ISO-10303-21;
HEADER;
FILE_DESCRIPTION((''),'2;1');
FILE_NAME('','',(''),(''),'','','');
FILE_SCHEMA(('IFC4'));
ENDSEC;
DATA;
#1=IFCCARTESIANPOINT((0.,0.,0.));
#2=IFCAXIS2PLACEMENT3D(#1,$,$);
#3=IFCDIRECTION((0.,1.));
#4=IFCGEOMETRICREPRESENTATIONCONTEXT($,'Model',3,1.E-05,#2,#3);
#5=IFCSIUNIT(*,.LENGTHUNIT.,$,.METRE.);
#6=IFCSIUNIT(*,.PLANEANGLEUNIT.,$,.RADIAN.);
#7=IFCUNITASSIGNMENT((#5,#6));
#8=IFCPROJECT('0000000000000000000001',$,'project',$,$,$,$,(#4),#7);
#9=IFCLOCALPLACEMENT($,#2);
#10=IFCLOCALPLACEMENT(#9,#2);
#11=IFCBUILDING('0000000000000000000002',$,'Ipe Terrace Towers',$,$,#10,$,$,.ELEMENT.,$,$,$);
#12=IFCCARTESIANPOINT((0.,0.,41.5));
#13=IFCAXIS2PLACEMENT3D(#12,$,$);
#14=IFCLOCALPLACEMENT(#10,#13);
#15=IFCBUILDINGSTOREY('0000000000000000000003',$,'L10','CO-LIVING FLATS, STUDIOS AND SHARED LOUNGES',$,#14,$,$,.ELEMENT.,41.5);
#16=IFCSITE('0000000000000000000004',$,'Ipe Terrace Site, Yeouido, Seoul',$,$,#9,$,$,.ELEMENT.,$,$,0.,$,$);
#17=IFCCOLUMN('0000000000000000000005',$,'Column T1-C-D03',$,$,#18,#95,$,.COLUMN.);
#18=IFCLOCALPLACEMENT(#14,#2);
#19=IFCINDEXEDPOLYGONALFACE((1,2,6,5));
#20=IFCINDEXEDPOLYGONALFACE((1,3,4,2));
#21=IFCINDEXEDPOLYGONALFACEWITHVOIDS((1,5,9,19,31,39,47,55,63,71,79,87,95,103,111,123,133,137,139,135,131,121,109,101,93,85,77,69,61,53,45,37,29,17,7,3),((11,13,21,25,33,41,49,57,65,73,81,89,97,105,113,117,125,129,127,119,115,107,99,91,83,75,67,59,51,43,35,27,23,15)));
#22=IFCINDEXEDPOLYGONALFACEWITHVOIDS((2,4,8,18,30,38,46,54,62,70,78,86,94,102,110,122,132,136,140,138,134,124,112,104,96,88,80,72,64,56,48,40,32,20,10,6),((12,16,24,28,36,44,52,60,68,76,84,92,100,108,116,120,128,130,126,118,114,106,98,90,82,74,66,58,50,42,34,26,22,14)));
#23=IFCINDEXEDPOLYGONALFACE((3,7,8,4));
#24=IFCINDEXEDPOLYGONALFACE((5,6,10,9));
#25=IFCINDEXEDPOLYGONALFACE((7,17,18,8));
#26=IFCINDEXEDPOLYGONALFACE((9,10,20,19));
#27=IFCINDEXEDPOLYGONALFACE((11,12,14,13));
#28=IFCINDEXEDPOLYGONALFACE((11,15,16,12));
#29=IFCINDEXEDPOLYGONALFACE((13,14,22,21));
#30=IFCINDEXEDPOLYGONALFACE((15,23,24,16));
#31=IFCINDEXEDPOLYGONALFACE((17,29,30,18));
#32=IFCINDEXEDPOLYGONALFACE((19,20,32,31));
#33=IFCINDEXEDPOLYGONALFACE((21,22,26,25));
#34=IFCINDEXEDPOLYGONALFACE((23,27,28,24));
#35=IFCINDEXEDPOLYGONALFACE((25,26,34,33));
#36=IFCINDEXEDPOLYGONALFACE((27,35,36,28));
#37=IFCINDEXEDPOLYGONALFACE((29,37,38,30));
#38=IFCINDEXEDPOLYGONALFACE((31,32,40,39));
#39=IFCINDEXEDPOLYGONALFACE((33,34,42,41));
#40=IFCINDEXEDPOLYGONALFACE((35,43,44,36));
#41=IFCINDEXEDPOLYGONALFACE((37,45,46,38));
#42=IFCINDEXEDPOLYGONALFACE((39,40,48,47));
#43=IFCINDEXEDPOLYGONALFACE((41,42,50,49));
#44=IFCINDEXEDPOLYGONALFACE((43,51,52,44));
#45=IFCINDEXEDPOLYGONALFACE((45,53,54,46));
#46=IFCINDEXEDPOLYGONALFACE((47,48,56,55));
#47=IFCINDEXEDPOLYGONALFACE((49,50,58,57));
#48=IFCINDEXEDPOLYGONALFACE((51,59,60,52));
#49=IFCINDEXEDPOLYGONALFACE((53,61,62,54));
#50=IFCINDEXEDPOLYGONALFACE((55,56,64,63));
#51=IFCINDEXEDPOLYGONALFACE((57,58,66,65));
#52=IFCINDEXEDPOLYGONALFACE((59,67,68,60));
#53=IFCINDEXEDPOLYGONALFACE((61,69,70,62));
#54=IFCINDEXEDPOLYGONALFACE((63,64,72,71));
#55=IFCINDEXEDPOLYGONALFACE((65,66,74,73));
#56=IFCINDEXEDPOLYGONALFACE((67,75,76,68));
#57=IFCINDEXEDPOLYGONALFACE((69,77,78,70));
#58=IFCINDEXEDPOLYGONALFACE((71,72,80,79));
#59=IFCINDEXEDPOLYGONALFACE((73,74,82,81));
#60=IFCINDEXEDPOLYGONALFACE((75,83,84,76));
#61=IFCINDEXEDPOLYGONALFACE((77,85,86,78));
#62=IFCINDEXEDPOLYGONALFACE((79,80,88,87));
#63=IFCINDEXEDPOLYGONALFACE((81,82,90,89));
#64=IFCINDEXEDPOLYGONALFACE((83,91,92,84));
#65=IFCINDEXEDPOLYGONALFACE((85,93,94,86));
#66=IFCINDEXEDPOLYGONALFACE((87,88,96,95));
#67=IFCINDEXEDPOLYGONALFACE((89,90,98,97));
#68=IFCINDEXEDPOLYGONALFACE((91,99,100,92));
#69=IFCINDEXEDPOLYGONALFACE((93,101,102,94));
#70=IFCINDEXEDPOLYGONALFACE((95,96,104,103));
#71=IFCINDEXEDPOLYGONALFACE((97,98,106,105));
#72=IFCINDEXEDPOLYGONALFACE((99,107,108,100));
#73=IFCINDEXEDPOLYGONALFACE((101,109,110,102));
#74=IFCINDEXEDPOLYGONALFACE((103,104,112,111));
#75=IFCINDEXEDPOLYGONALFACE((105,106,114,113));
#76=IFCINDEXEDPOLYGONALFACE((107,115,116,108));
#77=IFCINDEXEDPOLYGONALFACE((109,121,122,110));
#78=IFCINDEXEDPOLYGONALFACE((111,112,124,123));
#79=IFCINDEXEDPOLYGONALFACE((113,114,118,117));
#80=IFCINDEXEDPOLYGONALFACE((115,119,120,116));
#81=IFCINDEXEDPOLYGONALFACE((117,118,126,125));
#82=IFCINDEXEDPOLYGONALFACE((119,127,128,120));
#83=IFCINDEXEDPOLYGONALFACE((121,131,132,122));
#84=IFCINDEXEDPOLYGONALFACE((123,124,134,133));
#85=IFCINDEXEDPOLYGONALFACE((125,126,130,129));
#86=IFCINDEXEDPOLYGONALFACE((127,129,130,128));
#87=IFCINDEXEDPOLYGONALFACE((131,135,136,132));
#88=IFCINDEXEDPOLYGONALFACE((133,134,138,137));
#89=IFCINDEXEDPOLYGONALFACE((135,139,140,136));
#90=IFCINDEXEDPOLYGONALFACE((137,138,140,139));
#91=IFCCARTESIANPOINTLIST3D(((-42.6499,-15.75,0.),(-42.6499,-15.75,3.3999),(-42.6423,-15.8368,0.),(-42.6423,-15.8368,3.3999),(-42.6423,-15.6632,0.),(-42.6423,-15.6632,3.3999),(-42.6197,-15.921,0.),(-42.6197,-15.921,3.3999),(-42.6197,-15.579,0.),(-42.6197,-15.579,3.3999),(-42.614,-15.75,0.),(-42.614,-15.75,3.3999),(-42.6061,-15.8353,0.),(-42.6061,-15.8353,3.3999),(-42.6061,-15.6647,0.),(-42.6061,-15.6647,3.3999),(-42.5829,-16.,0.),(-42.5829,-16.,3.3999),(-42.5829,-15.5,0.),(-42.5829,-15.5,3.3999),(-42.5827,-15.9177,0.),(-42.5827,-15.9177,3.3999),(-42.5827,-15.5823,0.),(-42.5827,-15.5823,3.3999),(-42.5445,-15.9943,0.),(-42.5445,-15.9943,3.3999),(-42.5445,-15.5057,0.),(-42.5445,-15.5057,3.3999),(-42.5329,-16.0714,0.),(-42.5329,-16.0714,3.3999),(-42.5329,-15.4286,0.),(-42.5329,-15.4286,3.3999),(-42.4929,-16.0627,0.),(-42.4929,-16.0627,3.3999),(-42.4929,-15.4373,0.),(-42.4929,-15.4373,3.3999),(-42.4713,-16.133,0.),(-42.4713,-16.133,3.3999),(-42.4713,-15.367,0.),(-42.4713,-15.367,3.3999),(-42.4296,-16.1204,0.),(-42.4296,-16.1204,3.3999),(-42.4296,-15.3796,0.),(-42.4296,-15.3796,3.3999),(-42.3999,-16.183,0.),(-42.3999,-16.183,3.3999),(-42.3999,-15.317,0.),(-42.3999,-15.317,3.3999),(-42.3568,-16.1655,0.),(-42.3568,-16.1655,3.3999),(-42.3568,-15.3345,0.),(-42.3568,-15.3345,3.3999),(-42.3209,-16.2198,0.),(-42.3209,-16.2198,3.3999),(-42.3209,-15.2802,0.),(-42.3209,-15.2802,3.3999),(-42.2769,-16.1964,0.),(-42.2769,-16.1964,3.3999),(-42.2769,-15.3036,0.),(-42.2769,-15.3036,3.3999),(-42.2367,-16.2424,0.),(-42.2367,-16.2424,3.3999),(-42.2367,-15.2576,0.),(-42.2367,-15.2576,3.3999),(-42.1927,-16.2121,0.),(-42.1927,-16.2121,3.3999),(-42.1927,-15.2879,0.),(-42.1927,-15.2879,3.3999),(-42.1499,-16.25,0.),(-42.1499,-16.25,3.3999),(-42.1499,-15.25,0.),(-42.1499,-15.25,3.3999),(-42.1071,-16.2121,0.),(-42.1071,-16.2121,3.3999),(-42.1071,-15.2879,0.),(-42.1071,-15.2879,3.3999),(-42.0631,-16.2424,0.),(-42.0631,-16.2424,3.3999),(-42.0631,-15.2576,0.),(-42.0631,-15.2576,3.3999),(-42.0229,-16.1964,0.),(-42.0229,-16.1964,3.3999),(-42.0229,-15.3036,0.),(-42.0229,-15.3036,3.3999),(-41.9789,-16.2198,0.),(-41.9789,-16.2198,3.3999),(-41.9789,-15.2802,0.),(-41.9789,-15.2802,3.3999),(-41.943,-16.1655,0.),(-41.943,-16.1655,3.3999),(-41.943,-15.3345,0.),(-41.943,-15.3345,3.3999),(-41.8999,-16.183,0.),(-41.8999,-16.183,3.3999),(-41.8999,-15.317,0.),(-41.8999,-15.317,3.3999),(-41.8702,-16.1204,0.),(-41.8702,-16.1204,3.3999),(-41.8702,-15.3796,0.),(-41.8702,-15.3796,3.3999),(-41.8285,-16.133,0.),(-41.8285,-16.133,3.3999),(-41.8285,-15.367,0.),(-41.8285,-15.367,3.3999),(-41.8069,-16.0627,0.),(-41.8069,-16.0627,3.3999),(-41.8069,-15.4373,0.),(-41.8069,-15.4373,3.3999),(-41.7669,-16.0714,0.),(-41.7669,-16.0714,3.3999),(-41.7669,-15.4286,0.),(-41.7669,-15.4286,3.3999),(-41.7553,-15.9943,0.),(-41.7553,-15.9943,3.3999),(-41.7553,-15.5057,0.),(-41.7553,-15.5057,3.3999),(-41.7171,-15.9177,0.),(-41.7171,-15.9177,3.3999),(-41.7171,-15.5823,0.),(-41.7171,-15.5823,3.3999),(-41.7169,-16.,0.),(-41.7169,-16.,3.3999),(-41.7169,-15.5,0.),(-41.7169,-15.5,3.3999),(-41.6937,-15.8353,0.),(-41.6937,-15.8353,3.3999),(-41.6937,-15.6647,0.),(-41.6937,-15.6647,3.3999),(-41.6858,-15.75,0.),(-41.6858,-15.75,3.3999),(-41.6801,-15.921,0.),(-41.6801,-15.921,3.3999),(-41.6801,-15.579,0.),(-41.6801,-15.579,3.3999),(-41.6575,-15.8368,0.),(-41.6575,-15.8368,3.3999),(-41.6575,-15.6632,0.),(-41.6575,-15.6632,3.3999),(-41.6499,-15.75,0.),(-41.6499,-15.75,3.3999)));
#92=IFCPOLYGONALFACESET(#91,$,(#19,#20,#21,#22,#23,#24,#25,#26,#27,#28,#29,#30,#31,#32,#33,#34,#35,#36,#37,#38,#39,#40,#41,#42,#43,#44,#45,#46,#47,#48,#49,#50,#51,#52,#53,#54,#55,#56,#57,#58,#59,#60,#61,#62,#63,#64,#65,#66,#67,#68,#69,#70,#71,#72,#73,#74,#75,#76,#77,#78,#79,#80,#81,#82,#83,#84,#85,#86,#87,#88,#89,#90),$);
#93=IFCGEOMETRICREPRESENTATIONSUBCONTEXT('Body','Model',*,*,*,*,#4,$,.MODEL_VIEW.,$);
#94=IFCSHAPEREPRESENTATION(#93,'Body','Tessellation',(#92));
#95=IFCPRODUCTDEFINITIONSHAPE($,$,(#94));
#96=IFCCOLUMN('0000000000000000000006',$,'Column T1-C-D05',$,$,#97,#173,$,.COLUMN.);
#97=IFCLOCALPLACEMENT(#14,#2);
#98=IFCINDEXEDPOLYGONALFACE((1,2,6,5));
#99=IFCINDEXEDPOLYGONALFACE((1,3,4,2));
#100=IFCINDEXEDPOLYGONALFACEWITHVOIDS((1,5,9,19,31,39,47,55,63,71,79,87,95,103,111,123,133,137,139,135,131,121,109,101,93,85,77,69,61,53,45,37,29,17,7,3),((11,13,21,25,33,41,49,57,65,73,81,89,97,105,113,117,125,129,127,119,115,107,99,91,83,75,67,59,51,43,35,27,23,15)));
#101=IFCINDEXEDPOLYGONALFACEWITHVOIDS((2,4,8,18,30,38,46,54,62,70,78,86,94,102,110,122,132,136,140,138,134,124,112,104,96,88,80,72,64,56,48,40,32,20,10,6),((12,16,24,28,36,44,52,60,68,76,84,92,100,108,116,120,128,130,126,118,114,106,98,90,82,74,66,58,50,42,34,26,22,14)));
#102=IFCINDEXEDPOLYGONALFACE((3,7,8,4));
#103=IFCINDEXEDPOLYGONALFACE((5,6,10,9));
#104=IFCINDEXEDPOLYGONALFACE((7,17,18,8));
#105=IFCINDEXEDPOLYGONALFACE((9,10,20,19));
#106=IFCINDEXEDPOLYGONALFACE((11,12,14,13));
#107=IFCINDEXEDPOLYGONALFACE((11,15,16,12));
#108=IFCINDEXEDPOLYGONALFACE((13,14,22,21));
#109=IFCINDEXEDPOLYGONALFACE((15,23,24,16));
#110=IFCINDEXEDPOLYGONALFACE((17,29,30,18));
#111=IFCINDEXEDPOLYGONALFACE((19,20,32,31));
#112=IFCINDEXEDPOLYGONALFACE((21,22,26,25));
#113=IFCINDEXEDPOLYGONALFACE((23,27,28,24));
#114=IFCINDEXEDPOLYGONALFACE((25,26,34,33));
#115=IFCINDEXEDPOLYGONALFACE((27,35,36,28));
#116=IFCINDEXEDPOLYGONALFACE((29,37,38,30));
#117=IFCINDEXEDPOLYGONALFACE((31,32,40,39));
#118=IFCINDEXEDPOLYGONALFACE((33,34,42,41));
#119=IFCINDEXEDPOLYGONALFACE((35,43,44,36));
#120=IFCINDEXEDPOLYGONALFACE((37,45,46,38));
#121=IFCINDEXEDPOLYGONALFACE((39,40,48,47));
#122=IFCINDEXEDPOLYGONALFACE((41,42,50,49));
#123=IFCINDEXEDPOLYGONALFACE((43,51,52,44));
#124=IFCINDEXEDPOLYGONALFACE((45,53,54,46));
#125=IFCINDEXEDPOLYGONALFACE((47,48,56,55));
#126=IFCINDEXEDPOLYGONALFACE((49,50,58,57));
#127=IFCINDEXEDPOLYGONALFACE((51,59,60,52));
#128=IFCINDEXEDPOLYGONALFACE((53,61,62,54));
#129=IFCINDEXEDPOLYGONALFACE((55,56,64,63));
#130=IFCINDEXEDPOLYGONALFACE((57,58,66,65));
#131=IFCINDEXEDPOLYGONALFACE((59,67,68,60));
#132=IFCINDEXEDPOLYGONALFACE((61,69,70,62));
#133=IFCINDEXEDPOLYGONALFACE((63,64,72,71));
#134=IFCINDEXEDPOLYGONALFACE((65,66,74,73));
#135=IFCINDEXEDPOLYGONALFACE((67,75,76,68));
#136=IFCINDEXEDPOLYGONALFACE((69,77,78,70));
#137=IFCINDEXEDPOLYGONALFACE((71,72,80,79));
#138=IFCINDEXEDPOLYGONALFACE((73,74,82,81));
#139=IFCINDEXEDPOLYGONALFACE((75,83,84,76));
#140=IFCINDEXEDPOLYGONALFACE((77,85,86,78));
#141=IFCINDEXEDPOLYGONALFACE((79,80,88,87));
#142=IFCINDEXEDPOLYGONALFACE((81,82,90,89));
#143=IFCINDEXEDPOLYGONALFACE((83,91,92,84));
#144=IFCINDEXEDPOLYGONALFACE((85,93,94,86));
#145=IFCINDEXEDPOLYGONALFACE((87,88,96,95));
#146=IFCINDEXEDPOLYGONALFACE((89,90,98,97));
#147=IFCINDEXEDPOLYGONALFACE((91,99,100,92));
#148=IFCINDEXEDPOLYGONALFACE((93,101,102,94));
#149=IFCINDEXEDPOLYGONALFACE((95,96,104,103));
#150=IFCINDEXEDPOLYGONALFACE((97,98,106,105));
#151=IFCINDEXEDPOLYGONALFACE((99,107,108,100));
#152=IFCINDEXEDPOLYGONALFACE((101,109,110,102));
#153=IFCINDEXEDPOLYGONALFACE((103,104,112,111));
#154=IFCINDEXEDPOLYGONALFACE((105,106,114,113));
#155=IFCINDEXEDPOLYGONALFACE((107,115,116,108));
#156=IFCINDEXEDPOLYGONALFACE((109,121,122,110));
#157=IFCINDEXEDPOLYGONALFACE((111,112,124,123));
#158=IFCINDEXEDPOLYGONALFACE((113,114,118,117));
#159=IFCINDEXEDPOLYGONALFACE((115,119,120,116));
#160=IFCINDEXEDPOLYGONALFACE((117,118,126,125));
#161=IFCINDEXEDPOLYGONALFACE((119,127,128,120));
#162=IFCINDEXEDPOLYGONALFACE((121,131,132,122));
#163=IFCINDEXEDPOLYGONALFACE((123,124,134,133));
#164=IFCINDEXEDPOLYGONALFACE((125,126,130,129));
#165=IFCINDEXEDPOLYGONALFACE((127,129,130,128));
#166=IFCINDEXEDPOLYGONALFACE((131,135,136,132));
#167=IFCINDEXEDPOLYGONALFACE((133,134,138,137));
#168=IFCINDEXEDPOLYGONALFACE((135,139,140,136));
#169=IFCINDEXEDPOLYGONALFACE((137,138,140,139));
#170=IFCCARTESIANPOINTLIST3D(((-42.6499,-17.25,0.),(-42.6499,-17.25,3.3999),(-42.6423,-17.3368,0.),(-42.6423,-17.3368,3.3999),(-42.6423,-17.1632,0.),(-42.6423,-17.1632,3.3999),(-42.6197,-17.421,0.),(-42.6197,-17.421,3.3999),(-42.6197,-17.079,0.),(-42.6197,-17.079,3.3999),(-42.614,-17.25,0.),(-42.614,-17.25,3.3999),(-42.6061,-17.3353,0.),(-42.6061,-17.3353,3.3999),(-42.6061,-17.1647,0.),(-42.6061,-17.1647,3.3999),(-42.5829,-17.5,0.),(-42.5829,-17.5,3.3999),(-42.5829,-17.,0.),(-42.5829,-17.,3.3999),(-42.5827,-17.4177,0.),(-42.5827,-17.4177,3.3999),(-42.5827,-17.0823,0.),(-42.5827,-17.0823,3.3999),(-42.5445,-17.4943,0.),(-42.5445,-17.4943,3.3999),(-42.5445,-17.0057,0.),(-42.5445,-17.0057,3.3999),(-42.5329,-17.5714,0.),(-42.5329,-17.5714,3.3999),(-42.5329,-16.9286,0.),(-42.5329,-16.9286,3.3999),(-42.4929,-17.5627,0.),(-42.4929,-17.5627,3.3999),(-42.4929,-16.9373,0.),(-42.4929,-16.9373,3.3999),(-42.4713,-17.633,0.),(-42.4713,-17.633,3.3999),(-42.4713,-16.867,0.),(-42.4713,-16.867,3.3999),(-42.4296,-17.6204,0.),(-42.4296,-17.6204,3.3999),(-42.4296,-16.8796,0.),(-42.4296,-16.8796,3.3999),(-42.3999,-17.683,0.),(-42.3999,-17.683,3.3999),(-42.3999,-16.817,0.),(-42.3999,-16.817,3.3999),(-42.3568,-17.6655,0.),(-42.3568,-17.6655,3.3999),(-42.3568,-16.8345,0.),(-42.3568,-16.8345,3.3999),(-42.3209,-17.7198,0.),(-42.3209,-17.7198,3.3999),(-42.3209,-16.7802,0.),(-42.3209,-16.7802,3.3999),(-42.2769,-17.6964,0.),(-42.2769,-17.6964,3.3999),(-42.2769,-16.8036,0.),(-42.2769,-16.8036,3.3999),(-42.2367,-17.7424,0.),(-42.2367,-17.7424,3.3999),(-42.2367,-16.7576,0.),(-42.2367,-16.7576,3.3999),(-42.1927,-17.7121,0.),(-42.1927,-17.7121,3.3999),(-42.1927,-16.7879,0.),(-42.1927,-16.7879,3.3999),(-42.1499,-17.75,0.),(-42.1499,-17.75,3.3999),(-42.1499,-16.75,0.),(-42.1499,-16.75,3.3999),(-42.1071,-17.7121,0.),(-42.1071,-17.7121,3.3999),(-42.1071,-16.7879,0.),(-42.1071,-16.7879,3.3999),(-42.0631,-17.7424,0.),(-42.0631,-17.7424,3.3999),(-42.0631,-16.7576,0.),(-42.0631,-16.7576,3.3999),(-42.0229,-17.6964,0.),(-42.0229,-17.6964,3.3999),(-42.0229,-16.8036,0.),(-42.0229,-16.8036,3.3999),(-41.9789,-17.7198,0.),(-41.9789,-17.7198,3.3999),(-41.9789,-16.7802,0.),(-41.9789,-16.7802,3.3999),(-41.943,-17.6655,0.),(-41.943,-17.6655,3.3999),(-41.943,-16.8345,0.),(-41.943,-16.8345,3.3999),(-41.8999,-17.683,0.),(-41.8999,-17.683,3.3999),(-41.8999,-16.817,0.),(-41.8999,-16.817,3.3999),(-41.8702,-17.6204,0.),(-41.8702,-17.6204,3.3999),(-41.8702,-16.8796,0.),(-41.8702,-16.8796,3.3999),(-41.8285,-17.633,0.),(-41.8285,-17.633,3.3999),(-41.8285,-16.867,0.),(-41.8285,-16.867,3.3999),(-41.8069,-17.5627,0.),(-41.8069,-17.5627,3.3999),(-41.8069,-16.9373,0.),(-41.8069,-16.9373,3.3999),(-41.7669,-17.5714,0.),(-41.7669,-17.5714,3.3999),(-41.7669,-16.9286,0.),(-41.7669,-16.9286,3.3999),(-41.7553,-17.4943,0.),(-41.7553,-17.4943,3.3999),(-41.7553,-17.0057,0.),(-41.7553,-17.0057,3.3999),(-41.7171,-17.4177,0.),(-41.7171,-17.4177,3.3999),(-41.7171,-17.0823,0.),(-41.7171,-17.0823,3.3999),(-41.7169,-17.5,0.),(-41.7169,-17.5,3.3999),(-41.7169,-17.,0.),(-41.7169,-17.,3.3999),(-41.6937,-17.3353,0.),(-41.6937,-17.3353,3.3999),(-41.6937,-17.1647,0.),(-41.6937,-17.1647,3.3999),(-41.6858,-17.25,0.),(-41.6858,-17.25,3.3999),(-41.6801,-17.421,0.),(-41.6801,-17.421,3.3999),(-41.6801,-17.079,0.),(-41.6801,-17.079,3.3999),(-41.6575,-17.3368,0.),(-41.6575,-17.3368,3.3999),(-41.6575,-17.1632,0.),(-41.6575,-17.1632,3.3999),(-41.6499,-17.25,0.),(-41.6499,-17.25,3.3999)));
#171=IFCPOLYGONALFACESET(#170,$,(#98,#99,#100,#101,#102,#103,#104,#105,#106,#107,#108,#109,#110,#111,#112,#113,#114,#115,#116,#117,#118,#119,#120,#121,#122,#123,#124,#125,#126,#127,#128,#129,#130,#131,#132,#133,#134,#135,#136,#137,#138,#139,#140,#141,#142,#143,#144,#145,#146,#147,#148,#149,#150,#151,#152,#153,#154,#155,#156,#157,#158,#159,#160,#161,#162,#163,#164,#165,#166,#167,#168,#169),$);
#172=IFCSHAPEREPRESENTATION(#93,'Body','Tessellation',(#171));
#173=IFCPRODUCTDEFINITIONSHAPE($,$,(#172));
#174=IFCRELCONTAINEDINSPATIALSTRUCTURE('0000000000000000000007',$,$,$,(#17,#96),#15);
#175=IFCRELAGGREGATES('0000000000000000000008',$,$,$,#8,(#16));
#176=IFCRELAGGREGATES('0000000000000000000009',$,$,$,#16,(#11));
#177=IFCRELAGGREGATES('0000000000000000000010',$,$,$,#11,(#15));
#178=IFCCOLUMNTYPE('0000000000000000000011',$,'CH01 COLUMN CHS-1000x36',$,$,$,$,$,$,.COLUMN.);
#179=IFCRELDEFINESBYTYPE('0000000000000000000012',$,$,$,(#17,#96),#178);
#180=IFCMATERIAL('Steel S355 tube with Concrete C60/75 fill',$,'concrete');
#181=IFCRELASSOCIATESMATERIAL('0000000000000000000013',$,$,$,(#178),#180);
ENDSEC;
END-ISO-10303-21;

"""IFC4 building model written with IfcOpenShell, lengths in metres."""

from ifc_helpers import new_model, si_unit, direction, frame, origin, origin_2d, place, context, subcontext, project, spatial, hollow_circle, extrude, material, material_profile, profile_set, type_object, element, save


model = new_model("IFC4")

# Units and contexts
model_context = context("Model", 3, precision=1e-05, world=origin(), true_north=direction((0.0, 1.0)))
body_context = subcontext(model_context, "Body", "Model", "MODEL_VIEW")
ifc_project = project(units=[si_unit("LENGTHUNIT", "METRE"), si_unit("PLANEANGLEUNIT", "RADIAN")], contexts=[model_context])

# Site, building, storey
site_placement = place(None, origin())
site = spatial("IfcSite", under=ifc_project, at=site_placement, Name="Ipe Terrace Site, Yeouido, Seoul", CompositionType="ELEMENT", RefElevation=0.0)
building_placement = place(site_placement, origin())
building = spatial("IfcBuilding", under=site, at=building_placement, Name="Ipe Terrace Towers", CompositionType="ELEMENT")
storey_placement = place(building_placement, frame((0.0, 0.0, 41.5)))
storey = spatial("IfcBuildingStorey", under=building, at=storey_placement, Name="L10", Description="CO-LIVING FLATS, STUDIOS AND SHARED LOUNGES", CompositionType="ELEMENT", Elevation=41.5)

# Columns
ifc_material_1 = material(Name="Steel S355 tube with Concrete C60/75 fill", Category="concrete")
ifc_material_profile_1 = material_profile(ifc_material_1, hollow_circle(Radius=0.5, WallThickness=0.0359, at=origin_2d()), Name="CHS-1000x36")
ifc_profile_set_1 = profile_set([ifc_material_profile_1], Name="Steel S355 tube with Concrete C60/75 fill")
column_type_1 = type_object("IfcColumnType", Name="CH01 COLUMN CHS-1000x36", PredefinedType="COLUMN", material=ifc_profile_set_1)
for number, where, z_axis, x_axis, name in (
    (1, (-42.1499, -15.75, 0.0), (0.0, 0.0, 1.0), (1.0, 0.0, 0.0), "Column T1-C-D03"),
    (2, (-42.1499, -17.25, 0.0), (0.0, 0.0, 1.0), (1.0, 0.0, 0.0), "Column T1-C-D05"),
):
    element("IfcColumn", number, at=place(storey_placement, frame(where, z_axis=z_axis, x_axis=x_axis)), inside=storey, type_object=column_type_1, Name=name, PredefinedType="COLUMN", context=body_context, shape_type="SweptSolid", body=[
        extrude(hollow_circle(Radius=0.5, WallThickness=0.0359, at=origin_2d()), origin(), (0.0, 0.0, 1.0), 3.3999),
    ])

save(model, "model.ifc")
